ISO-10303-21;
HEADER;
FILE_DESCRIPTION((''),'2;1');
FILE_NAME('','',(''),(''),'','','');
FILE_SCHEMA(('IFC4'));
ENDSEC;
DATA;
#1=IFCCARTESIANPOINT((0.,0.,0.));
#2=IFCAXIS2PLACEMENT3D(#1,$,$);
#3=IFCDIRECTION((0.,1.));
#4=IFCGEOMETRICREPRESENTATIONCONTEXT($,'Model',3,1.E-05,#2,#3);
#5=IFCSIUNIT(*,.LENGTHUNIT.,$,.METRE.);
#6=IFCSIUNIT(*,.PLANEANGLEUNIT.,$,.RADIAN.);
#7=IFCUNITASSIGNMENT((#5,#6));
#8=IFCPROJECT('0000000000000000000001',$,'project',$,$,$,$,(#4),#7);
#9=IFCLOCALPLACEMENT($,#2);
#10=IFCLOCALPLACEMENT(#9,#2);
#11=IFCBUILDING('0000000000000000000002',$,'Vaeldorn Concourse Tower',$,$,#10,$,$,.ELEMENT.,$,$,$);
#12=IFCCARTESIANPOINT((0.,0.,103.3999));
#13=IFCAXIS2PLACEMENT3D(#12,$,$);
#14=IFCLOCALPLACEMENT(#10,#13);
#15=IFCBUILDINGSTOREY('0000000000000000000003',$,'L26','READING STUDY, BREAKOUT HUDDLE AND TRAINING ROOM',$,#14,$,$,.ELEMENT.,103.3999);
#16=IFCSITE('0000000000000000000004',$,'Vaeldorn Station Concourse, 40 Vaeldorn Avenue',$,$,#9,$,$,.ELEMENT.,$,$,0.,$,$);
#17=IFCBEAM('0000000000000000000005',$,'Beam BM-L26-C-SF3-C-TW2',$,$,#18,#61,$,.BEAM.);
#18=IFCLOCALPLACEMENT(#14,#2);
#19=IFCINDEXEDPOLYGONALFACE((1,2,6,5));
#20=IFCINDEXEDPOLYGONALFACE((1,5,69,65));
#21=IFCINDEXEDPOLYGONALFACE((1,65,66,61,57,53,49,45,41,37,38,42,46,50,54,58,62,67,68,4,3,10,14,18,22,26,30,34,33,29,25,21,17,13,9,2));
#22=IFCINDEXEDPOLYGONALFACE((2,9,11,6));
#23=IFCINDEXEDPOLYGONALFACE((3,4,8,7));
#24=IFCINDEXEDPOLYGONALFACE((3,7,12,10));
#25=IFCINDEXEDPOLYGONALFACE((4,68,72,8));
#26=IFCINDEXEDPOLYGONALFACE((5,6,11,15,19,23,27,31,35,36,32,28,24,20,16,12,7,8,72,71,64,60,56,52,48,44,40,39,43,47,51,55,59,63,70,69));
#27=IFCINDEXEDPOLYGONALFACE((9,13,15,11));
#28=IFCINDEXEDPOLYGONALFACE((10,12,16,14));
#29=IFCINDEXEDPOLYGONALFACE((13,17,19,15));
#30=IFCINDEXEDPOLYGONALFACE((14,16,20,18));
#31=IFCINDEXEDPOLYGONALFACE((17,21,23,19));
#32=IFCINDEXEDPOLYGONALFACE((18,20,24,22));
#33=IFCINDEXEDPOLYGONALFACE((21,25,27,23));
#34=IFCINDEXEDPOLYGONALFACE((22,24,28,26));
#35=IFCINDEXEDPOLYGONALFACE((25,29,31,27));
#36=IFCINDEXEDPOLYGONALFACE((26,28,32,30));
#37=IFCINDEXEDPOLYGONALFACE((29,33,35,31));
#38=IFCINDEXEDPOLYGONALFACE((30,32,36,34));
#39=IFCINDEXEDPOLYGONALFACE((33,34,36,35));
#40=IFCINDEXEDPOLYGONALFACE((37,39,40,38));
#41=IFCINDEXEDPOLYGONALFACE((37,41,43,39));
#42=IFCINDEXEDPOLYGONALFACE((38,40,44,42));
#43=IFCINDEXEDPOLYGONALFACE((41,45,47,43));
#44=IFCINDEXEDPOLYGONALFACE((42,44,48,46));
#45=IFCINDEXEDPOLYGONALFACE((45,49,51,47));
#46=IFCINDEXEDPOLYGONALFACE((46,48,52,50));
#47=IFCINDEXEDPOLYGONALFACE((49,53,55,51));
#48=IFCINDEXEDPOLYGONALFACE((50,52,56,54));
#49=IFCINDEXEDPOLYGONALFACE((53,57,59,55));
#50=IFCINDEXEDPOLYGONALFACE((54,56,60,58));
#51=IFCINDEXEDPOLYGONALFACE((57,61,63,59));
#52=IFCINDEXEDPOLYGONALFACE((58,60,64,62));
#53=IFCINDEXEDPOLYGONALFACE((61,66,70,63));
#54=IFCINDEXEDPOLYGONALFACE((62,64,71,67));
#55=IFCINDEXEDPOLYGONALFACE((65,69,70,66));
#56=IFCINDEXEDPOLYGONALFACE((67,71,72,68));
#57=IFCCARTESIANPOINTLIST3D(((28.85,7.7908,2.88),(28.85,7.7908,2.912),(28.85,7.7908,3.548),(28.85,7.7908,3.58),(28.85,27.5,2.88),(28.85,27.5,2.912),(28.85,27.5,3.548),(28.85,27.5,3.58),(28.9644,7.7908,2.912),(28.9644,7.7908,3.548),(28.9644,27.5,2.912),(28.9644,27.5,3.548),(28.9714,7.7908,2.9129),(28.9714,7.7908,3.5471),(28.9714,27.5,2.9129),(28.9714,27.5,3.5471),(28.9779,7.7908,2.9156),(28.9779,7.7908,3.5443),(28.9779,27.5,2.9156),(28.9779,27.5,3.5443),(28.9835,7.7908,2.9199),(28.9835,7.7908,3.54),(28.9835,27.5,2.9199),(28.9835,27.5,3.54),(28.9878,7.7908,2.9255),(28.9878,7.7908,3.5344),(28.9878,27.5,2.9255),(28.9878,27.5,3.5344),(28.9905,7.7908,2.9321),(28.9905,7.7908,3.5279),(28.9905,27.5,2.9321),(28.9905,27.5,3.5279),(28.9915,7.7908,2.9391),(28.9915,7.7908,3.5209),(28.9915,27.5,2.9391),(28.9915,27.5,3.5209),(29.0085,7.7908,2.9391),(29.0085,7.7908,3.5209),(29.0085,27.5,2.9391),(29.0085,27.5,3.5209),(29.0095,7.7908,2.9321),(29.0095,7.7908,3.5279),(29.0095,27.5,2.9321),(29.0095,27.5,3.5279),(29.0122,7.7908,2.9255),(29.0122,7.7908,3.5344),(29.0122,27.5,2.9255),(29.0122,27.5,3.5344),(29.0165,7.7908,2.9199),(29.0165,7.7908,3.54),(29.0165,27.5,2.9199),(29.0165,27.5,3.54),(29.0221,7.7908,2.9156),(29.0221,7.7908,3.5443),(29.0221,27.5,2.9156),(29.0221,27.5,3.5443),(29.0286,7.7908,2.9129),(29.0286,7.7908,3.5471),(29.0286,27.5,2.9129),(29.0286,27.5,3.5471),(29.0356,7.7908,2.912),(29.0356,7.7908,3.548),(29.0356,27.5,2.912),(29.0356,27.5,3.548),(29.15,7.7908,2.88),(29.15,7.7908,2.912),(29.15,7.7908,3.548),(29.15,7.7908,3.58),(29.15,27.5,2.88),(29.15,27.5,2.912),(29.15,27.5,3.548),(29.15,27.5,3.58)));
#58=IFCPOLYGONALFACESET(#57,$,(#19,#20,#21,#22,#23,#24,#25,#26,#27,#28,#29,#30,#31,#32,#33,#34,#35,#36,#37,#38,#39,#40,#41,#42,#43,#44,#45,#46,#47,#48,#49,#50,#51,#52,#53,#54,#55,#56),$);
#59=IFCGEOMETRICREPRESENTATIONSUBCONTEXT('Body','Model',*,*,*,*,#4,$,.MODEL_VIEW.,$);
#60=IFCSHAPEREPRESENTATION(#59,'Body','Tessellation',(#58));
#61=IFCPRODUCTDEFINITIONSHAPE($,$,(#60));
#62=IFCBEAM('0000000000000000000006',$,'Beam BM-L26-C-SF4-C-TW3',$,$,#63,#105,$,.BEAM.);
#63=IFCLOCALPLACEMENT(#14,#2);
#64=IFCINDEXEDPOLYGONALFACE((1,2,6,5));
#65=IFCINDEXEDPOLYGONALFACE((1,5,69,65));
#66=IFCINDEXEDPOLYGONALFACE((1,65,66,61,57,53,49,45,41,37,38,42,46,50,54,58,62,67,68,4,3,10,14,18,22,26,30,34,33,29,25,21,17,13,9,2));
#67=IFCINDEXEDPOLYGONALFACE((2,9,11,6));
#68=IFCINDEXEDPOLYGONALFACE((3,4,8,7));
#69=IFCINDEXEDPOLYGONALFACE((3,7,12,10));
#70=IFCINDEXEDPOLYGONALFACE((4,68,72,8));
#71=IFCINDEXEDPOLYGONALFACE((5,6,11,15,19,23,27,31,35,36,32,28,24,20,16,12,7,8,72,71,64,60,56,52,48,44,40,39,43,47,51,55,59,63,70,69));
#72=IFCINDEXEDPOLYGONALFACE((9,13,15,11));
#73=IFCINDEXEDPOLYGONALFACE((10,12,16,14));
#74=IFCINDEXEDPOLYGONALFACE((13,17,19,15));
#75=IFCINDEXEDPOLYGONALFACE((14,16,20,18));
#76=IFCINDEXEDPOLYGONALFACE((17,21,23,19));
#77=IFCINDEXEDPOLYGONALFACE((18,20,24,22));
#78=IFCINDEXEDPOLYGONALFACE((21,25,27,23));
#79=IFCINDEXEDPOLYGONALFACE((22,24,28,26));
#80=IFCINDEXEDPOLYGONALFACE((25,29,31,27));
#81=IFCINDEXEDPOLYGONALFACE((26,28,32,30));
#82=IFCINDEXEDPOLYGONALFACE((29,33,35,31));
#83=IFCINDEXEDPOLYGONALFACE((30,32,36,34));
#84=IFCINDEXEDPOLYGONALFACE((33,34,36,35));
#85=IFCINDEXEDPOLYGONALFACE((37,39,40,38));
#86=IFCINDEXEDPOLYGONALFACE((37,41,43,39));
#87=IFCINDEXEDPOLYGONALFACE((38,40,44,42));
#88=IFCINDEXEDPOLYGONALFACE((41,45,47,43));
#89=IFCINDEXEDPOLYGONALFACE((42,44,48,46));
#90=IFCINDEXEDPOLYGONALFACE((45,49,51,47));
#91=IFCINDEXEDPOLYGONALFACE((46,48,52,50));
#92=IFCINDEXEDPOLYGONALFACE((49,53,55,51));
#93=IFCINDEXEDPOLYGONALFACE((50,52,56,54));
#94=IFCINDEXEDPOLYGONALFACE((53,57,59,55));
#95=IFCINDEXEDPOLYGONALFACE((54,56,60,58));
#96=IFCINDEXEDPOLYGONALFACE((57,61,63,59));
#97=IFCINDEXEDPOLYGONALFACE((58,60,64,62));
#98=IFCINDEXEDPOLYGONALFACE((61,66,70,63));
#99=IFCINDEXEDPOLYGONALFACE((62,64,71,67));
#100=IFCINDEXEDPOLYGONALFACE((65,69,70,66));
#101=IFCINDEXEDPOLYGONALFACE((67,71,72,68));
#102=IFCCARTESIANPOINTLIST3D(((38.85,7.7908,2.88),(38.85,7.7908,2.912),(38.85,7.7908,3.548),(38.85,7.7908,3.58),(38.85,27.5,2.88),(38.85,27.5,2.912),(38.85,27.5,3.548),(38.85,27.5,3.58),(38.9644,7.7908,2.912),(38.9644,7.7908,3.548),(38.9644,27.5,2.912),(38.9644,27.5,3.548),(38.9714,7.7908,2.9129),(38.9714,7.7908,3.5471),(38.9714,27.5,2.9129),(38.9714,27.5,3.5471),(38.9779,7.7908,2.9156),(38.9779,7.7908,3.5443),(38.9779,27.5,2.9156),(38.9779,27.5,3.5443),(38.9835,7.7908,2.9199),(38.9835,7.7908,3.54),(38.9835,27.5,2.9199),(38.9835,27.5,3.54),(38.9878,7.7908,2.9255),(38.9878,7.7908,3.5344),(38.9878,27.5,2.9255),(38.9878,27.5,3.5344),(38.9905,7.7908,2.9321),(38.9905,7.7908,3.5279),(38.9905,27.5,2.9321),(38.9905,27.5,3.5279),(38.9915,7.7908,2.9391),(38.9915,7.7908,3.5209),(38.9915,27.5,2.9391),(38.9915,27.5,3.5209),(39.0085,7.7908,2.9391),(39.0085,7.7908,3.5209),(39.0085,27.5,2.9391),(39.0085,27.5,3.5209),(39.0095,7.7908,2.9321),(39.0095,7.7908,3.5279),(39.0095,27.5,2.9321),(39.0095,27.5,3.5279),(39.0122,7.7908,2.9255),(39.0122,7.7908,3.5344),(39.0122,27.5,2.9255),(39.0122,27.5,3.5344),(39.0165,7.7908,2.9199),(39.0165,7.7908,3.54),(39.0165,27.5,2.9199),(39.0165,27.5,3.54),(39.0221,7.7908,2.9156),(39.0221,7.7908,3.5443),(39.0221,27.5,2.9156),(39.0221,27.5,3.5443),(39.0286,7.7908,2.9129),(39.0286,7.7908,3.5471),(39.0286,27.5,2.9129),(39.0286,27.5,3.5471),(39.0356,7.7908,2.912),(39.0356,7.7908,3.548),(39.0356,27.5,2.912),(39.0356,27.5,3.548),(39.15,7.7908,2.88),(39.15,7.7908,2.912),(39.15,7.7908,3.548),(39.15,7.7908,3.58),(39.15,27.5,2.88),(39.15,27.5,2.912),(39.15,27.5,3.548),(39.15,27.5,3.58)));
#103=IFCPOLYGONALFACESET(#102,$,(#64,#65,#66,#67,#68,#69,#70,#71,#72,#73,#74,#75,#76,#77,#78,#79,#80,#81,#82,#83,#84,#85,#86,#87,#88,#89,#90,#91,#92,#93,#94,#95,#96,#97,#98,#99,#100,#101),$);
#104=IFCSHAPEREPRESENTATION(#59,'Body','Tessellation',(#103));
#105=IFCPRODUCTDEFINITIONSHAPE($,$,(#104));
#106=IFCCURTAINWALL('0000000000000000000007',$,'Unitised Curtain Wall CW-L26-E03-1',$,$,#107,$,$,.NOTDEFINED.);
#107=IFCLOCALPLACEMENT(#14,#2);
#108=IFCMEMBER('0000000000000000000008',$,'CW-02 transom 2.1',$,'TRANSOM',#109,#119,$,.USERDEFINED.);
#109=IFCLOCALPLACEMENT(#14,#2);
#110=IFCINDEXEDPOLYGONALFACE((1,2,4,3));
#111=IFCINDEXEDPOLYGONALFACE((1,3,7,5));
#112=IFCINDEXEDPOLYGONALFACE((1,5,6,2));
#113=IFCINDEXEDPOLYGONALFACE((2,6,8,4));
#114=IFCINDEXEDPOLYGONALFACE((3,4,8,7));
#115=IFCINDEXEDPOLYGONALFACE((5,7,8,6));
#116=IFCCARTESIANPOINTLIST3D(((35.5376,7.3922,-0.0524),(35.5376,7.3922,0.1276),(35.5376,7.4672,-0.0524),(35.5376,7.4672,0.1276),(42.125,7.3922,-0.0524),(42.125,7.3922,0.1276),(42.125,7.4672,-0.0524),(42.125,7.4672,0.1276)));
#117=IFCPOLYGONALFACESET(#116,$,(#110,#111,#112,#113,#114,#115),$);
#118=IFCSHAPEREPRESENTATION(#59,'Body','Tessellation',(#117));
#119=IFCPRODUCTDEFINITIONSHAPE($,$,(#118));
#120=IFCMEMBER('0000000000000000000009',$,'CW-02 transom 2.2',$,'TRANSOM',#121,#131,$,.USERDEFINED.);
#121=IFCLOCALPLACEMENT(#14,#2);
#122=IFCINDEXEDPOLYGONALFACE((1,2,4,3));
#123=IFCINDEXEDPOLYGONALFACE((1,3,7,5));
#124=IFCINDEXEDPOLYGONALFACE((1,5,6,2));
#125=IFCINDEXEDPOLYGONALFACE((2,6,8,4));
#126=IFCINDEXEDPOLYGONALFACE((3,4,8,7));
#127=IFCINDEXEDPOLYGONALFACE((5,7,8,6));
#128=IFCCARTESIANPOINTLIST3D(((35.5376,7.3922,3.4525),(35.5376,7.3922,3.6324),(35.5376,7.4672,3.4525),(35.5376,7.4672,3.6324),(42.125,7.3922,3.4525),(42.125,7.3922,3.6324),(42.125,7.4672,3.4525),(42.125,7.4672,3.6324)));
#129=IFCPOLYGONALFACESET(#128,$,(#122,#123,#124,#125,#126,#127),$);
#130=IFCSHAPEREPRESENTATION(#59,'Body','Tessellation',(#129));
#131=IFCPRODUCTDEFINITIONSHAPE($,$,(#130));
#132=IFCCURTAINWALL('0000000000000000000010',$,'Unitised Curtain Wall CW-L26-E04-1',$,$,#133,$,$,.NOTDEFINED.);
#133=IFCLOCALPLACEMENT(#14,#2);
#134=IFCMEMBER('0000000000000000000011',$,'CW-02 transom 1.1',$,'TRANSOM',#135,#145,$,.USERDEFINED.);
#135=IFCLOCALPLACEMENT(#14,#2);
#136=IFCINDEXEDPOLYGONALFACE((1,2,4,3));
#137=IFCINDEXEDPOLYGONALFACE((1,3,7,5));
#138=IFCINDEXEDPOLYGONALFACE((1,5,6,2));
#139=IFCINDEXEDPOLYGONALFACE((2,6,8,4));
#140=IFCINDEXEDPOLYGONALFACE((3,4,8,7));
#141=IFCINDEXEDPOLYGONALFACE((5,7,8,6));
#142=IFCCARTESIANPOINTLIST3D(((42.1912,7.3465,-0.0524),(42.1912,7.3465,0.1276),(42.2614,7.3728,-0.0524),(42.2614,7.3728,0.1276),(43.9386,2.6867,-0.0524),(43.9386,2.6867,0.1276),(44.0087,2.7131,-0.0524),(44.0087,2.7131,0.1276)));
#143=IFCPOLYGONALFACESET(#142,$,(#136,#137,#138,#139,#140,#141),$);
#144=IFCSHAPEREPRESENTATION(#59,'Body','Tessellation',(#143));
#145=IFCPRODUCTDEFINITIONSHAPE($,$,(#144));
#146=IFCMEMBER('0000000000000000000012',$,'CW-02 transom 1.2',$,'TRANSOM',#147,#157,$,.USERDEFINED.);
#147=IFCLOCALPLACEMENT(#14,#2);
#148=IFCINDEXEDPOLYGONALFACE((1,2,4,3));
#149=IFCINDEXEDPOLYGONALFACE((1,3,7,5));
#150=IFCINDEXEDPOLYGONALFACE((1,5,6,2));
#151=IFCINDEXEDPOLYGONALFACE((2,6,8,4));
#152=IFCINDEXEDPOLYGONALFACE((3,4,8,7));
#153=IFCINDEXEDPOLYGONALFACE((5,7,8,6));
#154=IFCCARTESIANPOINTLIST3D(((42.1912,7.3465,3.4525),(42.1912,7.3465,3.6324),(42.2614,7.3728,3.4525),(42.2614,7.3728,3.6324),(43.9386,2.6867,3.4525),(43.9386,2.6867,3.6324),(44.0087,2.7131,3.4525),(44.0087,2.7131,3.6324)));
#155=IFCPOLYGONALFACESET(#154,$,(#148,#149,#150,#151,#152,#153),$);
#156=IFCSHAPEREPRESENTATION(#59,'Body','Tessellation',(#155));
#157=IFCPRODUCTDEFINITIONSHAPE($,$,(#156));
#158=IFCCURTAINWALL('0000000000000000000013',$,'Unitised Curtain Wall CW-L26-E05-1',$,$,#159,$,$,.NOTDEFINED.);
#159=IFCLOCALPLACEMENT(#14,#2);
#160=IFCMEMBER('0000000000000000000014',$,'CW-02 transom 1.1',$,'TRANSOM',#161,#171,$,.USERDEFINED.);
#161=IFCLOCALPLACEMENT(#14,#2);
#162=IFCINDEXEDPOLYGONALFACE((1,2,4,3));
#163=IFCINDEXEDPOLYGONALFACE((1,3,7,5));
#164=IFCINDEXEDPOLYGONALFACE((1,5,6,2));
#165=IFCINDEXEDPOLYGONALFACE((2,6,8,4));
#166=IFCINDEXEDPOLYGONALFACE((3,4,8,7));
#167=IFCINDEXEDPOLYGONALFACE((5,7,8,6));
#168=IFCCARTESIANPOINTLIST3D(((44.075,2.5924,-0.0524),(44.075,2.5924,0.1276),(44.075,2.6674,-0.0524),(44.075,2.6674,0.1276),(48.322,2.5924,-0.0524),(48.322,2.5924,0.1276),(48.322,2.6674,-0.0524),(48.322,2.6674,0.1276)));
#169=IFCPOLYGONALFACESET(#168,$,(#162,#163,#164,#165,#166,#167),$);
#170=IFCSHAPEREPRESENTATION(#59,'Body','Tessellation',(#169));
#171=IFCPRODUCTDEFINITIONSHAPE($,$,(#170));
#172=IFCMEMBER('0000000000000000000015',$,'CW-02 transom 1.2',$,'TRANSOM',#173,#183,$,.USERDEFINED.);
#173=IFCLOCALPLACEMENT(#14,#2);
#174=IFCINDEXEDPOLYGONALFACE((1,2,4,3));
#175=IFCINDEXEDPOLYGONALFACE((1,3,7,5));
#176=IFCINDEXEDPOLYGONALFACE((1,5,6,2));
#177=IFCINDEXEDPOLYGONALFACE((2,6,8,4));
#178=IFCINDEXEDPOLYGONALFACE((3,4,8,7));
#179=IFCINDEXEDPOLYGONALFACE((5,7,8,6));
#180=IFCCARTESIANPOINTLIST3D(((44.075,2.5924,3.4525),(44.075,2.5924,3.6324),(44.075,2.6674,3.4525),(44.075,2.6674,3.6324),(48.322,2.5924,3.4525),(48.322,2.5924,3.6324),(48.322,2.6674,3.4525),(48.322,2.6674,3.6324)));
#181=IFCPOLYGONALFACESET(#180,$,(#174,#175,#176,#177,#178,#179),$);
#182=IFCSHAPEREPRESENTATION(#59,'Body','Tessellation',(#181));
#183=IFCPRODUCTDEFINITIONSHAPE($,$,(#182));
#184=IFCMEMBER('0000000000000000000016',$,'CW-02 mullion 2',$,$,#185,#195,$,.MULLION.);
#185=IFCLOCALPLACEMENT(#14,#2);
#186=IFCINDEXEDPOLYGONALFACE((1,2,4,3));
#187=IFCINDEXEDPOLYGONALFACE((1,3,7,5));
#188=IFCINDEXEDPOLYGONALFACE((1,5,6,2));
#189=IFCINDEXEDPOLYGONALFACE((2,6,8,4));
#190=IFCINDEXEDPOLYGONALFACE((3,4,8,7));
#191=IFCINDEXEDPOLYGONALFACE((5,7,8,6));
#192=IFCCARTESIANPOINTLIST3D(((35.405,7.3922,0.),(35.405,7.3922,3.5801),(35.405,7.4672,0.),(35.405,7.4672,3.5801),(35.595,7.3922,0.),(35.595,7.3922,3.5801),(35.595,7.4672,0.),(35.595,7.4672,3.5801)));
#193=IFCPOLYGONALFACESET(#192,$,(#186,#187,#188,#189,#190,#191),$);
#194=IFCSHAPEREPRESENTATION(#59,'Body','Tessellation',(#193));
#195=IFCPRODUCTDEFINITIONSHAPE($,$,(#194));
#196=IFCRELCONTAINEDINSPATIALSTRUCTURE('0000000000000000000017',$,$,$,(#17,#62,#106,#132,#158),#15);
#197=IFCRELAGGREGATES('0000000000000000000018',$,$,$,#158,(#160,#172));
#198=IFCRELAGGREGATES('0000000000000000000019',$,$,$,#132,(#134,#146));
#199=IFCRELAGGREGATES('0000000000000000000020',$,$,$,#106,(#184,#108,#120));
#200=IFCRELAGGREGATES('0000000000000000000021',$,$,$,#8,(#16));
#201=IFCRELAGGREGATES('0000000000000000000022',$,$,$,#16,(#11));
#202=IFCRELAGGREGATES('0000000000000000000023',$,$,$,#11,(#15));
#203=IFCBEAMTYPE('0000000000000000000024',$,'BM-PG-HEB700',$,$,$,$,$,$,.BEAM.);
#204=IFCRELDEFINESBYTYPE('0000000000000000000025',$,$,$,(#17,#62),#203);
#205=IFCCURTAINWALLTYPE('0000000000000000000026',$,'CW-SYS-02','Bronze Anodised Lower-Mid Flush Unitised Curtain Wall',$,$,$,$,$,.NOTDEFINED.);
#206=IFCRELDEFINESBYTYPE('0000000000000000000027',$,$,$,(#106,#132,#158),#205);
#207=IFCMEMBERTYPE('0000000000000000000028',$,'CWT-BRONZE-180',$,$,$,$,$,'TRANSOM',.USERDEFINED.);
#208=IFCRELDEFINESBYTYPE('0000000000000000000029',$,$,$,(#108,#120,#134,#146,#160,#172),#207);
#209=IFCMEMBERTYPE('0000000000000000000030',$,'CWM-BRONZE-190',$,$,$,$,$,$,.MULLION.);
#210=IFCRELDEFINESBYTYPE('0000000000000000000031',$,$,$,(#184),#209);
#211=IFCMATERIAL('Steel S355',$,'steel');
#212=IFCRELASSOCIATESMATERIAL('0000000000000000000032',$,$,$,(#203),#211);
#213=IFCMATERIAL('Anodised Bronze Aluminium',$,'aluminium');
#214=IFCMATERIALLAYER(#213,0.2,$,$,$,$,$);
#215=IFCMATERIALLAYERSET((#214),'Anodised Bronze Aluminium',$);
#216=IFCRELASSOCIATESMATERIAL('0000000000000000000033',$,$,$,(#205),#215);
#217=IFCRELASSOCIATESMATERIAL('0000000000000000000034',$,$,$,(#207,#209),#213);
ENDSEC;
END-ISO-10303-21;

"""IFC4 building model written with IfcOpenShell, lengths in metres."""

from ifc_helpers import new_model, si_unit, direction, frame, origin, origin_2d, place, context, subcontext, project, spatial, rectangle, i_section, extrude, source, transform, mapped, material, layer, layer_set, material_profile, profile_set, type_object, element, aggregate, save


model = new_model("IFC4")

# Units and contexts
model_context = context("Model", 3, precision=1e-05, world=origin(), true_north=direction((0.0, 1.0)))
body_context = subcontext(model_context, "Body", "Model", "MODEL_VIEW")
ifc_project = project(units=[si_unit("LENGTHUNIT", "METRE"), si_unit("PLANEANGLEUNIT", "RADIAN")], contexts=[model_context])

# Site, building, storey
site_placement = place(None, origin())
site = spatial("IfcSite", under=ifc_project, at=site_placement, Name="Vaeldorn Station Concourse, 40 Vaeldorn Avenue", CompositionType="ELEMENT", RefElevation=0.0)
building_placement = place(site_placement, origin())
building = spatial("IfcBuilding", under=site, at=building_placement, Name="Vaeldorn Concourse Tower", CompositionType="ELEMENT")
storey_placement = place(building_placement, frame((0.0, 0.0, 103.3999)))
storey = spatial("IfcBuildingStorey", under=building, at=storey_placement, Name="L26", Description="READING STUDY, BREAKOUT HUDDLE AND TRAINING ROOM", CompositionType="ELEMENT", Elevation=103.3999)

# Beams
ifc_material_1 = material(Name="Steel S355", Category="steel")
ifc_material_profile_1 = material_profile(ifc_material_1, i_section(OverallWidth=0.3, OverallDepth=0.7, WebThickness=0.0171, FlangeThickness=0.032, FilletRadius=0.0271, at=origin_2d()), Name="HEB 700")
ifc_profile_set_1 = profile_set([ifc_material_profile_1], Name="Steel S355")
beam_type_1 = type_object("IfcBeamType", Name="BM-PG-HEB700", PredefinedType="BEAM", material=ifc_profile_set_1)
shared_shape_1 = source(origin(), body_context, "Body", "SweptSolid", [
    extrude(i_section(OverallWidth=0.3, OverallDepth=0.7, WebThickness=0.0171, FlangeThickness=0.032, FilletRadius=0.0271, at=origin_2d()), origin(), (0.0, 0.0, 1.0), 19.7092),
])
for number, where, z_axis, x_axis, name in (
    (1, (29.0, 7.7908, 3.23), (0.0, 1.0, 0.0), (-1.0, 0.0, 0.0), "Beam BM-L26-C-SF3-C-TW2"),
    (2, (39.0, 7.7908, 3.23), (0.0, 1.0, 0.0), (-1.0, 0.0, 0.0), "Beam BM-L26-C-SF4-C-TW3"),
):
    element("IfcBeam", number, at=place(storey_placement, frame(where, z_axis=z_axis, x_axis=x_axis)), inside=storey, type_object=beam_type_1, Name=name, PredefinedType="BEAM", context=body_context, shape_type="MappedRepresentation", body=[
        mapped(shared_shape_1, transform((0.0, 0.0, 0.0), scale=1.0)),
    ])

# Curtain walls, members
ifc_material_2 = material(Name="Anodised Bronze Aluminium", Category="aluminium")
ifc_layer_1 = layer(ifc_material_2, 0.2)
ifc_layer_set_1 = layer_set([ifc_layer_1], Name="Anodised Bronze Aluminium")
curtain_wall_type = type_object("IfcCurtainWallType", Name="CW-SYS-02", Description="Bronze Anodised Lower-Mid Flush Unitised Curtain Wall", PredefinedType="NOTDEFINED", material=ifc_layer_set_1)
curtain_wall_1_placement = place(storey_placement, origin())
curtain_wall_1 = element("IfcCurtainWall", 3, at=curtain_wall_1_placement, inside=storey, type_object=curtain_wall_type, Name="Unitised Curtain Wall CW-L26-E03-1", PredefinedType="NOTDEFINED")
ifc_material_profile_2 = material_profile(ifc_material_2, rectangle(XDim=0.075, YDim=0.1799, at=origin_2d()), Name="CWT 75x180")
ifc_profile_set_2 = profile_set([ifc_material_profile_2], Name="Anodised Bronze Aluminium")
member_type_1 = type_object("IfcMemberType", Name="CWT-BRONZE-180", ElementType="TRANSOM", PredefinedType="USERDEFINED", material=ifc_profile_set_2)
shared_shape_2 = source(origin(), body_context, "Body", "SweptSolid", [
    extrude(rectangle(XDim=0.075, YDim=0.1799, at=origin_2d()), origin(), (0.0, 0.0, 1.0), 6.5874),
])
member_1_placement = place(storey_placement, frame((35.5376, 7.4297, 0.0376), z_axis=(1.0, 0.0, 0.0), x_axis=(0.0, 1.0, 0.0)))
member_1 = element("IfcMember", 4, at=member_1_placement, type_object=member_type_1, Name="CW-02 transom 2.1", ObjectType="TRANSOM", PredefinedType="USERDEFINED", context=body_context, shape_type="MappedRepresentation", body=[
    mapped(shared_shape_2, transform((0.0, 0.0, 0.0), scale=1.0)),
])
member_2_placement = place(storey_placement, frame((35.5376, 7.4297, 3.5425), z_axis=(1.0, 0.0, 0.0), x_axis=(0.0, 1.0, 0.0)))
member_2 = element("IfcMember", 5, at=member_2_placement, type_object=member_type_1, Name="CW-02 transom 2.2", ObjectType="TRANSOM", PredefinedType="USERDEFINED", context=body_context, shape_type="MappedRepresentation", body=[
    mapped(shared_shape_2, transform((0.0, 0.0, 0.0), scale=1.0)),
])
curtain_wall_2_placement = place(storey_placement, origin())
curtain_wall_2 = element("IfcCurtainWall", 6, at=curtain_wall_2_placement, inside=storey, type_object=curtain_wall_type, Name="Unitised Curtain Wall CW-L26-E04-1", PredefinedType="NOTDEFINED")
shared_shape_3 = source(origin(), body_context, "Body", "SweptSolid", [
    extrude(rectangle(XDim=0.075, YDim=0.1799, at=origin_2d()), origin(), (0.0, 0.0, 1.0), 4.9766),
])
member_3_placement = place(storey_placement, frame((42.2263, 7.3596, 0.0376), z_axis=(0.351113, -0.936333, 0.0), x_axis=(0.936333, 0.351113, 0.0)))
member_3 = element("IfcMember", 7, at=member_3_placement, type_object=member_type_1, Name="CW-02 transom 1.1", ObjectType="TRANSOM", PredefinedType="USERDEFINED", context=body_context, shape_type="MappedRepresentation", body=[
    mapped(shared_shape_3, transform((0.0, 0.0, 0.0), scale=1.0)),
])
member_4_placement = place(storey_placement, frame((42.2263, 7.3596, 3.5425), z_axis=(0.351113, -0.936333, 0.0), x_axis=(0.936333, 0.351113, 0.0)))
member_4 = element("IfcMember", 8, at=member_4_placement, type_object=member_type_1, Name="CW-02 transom 1.2", ObjectType="TRANSOM", PredefinedType="USERDEFINED", context=body_context, shape_type="MappedRepresentation", body=[
    mapped(shared_shape_3, transform((0.0, 0.0, 0.0), scale=1.0)),
])
curtain_wall_3_placement = place(storey_placement, origin())
curtain_wall_3 = element("IfcCurtainWall", 9, at=curtain_wall_3_placement, inside=storey, type_object=curtain_wall_type, Name="Unitised Curtain Wall CW-L26-E05-1", PredefinedType="NOTDEFINED")
shared_shape_4 = source(origin(), body_context, "Body", "SweptSolid", [
    extrude(rectangle(XDim=0.075, YDim=0.1799, at=origin_2d()), origin(), (0.0, 0.0, 1.0), 4.2471),
])
member_5_placement = place(storey_placement, frame((44.075, 2.6299, 0.0376), z_axis=(1.0, 0.0, 0.0), x_axis=(0.0, 1.0, 0.0)))
member_5 = element("IfcMember", 10, at=member_5_placement, type_object=member_type_1, Name="CW-02 transom 1.1", ObjectType="TRANSOM", PredefinedType="USERDEFINED", context=body_context, shape_type="MappedRepresentation", body=[
    mapped(shared_shape_4, transform((0.0, 0.0, 0.0), scale=1.0)),
])
member_6_placement = place(storey_placement, frame((44.075, 2.6299, 3.5425), z_axis=(1.0, 0.0, 0.0), x_axis=(0.0, 1.0, 0.0)))
member_6 = element("IfcMember", 11, at=member_6_placement, type_object=member_type_1, Name="CW-02 transom 1.2", ObjectType="TRANSOM", PredefinedType="USERDEFINED", context=body_context, shape_type="MappedRepresentation", body=[
    mapped(shared_shape_4, transform((0.0, 0.0, 0.0), scale=1.0)),
])

# Member
ifc_material_profile_3 = material_profile(ifc_material_2, rectangle(XDim=0.075, YDim=0.1899, at=origin_2d()), Name="CWM 75x190")
ifc_profile_set_3 = profile_set([ifc_material_profile_3], Name="Anodised Bronze Aluminium")
member_type_2 = type_object("IfcMemberType", Name="CWM-BRONZE-190", PredefinedType="MULLION", material=ifc_profile_set_3)
shared_shape_5 = source(origin(), body_context, "Body", "SweptSolid", [
    extrude(rectangle(XDim=0.075, YDim=0.1899, at=origin_2d()), origin(), (0.0, 0.0, 1.0), 3.5801),
])
member_7_placement = place(storey_placement, frame((35.5, 7.4297, 0.0), z_axis=(0.0, 0.0, 1.0), x_axis=(0.0, 1.0, 0.0)))
member_7 = element("IfcMember", 12, at=member_7_placement, type_object=member_type_2, Name="CW-02 mullion 2", PredefinedType="MULLION", context=body_context, shape_type="MappedRepresentation", body=[
    mapped(shared_shape_5, transform((0.0, 0.0, 0.0), scale=1.0)),
])
aggregate(curtain_wall_3, [member_5, member_6])

aggregate(curtain_wall_2, [member_3, member_4])
aggregate(curtain_wall_1, [member_7, member_1, member_2])

save(model, "model.ifc")
